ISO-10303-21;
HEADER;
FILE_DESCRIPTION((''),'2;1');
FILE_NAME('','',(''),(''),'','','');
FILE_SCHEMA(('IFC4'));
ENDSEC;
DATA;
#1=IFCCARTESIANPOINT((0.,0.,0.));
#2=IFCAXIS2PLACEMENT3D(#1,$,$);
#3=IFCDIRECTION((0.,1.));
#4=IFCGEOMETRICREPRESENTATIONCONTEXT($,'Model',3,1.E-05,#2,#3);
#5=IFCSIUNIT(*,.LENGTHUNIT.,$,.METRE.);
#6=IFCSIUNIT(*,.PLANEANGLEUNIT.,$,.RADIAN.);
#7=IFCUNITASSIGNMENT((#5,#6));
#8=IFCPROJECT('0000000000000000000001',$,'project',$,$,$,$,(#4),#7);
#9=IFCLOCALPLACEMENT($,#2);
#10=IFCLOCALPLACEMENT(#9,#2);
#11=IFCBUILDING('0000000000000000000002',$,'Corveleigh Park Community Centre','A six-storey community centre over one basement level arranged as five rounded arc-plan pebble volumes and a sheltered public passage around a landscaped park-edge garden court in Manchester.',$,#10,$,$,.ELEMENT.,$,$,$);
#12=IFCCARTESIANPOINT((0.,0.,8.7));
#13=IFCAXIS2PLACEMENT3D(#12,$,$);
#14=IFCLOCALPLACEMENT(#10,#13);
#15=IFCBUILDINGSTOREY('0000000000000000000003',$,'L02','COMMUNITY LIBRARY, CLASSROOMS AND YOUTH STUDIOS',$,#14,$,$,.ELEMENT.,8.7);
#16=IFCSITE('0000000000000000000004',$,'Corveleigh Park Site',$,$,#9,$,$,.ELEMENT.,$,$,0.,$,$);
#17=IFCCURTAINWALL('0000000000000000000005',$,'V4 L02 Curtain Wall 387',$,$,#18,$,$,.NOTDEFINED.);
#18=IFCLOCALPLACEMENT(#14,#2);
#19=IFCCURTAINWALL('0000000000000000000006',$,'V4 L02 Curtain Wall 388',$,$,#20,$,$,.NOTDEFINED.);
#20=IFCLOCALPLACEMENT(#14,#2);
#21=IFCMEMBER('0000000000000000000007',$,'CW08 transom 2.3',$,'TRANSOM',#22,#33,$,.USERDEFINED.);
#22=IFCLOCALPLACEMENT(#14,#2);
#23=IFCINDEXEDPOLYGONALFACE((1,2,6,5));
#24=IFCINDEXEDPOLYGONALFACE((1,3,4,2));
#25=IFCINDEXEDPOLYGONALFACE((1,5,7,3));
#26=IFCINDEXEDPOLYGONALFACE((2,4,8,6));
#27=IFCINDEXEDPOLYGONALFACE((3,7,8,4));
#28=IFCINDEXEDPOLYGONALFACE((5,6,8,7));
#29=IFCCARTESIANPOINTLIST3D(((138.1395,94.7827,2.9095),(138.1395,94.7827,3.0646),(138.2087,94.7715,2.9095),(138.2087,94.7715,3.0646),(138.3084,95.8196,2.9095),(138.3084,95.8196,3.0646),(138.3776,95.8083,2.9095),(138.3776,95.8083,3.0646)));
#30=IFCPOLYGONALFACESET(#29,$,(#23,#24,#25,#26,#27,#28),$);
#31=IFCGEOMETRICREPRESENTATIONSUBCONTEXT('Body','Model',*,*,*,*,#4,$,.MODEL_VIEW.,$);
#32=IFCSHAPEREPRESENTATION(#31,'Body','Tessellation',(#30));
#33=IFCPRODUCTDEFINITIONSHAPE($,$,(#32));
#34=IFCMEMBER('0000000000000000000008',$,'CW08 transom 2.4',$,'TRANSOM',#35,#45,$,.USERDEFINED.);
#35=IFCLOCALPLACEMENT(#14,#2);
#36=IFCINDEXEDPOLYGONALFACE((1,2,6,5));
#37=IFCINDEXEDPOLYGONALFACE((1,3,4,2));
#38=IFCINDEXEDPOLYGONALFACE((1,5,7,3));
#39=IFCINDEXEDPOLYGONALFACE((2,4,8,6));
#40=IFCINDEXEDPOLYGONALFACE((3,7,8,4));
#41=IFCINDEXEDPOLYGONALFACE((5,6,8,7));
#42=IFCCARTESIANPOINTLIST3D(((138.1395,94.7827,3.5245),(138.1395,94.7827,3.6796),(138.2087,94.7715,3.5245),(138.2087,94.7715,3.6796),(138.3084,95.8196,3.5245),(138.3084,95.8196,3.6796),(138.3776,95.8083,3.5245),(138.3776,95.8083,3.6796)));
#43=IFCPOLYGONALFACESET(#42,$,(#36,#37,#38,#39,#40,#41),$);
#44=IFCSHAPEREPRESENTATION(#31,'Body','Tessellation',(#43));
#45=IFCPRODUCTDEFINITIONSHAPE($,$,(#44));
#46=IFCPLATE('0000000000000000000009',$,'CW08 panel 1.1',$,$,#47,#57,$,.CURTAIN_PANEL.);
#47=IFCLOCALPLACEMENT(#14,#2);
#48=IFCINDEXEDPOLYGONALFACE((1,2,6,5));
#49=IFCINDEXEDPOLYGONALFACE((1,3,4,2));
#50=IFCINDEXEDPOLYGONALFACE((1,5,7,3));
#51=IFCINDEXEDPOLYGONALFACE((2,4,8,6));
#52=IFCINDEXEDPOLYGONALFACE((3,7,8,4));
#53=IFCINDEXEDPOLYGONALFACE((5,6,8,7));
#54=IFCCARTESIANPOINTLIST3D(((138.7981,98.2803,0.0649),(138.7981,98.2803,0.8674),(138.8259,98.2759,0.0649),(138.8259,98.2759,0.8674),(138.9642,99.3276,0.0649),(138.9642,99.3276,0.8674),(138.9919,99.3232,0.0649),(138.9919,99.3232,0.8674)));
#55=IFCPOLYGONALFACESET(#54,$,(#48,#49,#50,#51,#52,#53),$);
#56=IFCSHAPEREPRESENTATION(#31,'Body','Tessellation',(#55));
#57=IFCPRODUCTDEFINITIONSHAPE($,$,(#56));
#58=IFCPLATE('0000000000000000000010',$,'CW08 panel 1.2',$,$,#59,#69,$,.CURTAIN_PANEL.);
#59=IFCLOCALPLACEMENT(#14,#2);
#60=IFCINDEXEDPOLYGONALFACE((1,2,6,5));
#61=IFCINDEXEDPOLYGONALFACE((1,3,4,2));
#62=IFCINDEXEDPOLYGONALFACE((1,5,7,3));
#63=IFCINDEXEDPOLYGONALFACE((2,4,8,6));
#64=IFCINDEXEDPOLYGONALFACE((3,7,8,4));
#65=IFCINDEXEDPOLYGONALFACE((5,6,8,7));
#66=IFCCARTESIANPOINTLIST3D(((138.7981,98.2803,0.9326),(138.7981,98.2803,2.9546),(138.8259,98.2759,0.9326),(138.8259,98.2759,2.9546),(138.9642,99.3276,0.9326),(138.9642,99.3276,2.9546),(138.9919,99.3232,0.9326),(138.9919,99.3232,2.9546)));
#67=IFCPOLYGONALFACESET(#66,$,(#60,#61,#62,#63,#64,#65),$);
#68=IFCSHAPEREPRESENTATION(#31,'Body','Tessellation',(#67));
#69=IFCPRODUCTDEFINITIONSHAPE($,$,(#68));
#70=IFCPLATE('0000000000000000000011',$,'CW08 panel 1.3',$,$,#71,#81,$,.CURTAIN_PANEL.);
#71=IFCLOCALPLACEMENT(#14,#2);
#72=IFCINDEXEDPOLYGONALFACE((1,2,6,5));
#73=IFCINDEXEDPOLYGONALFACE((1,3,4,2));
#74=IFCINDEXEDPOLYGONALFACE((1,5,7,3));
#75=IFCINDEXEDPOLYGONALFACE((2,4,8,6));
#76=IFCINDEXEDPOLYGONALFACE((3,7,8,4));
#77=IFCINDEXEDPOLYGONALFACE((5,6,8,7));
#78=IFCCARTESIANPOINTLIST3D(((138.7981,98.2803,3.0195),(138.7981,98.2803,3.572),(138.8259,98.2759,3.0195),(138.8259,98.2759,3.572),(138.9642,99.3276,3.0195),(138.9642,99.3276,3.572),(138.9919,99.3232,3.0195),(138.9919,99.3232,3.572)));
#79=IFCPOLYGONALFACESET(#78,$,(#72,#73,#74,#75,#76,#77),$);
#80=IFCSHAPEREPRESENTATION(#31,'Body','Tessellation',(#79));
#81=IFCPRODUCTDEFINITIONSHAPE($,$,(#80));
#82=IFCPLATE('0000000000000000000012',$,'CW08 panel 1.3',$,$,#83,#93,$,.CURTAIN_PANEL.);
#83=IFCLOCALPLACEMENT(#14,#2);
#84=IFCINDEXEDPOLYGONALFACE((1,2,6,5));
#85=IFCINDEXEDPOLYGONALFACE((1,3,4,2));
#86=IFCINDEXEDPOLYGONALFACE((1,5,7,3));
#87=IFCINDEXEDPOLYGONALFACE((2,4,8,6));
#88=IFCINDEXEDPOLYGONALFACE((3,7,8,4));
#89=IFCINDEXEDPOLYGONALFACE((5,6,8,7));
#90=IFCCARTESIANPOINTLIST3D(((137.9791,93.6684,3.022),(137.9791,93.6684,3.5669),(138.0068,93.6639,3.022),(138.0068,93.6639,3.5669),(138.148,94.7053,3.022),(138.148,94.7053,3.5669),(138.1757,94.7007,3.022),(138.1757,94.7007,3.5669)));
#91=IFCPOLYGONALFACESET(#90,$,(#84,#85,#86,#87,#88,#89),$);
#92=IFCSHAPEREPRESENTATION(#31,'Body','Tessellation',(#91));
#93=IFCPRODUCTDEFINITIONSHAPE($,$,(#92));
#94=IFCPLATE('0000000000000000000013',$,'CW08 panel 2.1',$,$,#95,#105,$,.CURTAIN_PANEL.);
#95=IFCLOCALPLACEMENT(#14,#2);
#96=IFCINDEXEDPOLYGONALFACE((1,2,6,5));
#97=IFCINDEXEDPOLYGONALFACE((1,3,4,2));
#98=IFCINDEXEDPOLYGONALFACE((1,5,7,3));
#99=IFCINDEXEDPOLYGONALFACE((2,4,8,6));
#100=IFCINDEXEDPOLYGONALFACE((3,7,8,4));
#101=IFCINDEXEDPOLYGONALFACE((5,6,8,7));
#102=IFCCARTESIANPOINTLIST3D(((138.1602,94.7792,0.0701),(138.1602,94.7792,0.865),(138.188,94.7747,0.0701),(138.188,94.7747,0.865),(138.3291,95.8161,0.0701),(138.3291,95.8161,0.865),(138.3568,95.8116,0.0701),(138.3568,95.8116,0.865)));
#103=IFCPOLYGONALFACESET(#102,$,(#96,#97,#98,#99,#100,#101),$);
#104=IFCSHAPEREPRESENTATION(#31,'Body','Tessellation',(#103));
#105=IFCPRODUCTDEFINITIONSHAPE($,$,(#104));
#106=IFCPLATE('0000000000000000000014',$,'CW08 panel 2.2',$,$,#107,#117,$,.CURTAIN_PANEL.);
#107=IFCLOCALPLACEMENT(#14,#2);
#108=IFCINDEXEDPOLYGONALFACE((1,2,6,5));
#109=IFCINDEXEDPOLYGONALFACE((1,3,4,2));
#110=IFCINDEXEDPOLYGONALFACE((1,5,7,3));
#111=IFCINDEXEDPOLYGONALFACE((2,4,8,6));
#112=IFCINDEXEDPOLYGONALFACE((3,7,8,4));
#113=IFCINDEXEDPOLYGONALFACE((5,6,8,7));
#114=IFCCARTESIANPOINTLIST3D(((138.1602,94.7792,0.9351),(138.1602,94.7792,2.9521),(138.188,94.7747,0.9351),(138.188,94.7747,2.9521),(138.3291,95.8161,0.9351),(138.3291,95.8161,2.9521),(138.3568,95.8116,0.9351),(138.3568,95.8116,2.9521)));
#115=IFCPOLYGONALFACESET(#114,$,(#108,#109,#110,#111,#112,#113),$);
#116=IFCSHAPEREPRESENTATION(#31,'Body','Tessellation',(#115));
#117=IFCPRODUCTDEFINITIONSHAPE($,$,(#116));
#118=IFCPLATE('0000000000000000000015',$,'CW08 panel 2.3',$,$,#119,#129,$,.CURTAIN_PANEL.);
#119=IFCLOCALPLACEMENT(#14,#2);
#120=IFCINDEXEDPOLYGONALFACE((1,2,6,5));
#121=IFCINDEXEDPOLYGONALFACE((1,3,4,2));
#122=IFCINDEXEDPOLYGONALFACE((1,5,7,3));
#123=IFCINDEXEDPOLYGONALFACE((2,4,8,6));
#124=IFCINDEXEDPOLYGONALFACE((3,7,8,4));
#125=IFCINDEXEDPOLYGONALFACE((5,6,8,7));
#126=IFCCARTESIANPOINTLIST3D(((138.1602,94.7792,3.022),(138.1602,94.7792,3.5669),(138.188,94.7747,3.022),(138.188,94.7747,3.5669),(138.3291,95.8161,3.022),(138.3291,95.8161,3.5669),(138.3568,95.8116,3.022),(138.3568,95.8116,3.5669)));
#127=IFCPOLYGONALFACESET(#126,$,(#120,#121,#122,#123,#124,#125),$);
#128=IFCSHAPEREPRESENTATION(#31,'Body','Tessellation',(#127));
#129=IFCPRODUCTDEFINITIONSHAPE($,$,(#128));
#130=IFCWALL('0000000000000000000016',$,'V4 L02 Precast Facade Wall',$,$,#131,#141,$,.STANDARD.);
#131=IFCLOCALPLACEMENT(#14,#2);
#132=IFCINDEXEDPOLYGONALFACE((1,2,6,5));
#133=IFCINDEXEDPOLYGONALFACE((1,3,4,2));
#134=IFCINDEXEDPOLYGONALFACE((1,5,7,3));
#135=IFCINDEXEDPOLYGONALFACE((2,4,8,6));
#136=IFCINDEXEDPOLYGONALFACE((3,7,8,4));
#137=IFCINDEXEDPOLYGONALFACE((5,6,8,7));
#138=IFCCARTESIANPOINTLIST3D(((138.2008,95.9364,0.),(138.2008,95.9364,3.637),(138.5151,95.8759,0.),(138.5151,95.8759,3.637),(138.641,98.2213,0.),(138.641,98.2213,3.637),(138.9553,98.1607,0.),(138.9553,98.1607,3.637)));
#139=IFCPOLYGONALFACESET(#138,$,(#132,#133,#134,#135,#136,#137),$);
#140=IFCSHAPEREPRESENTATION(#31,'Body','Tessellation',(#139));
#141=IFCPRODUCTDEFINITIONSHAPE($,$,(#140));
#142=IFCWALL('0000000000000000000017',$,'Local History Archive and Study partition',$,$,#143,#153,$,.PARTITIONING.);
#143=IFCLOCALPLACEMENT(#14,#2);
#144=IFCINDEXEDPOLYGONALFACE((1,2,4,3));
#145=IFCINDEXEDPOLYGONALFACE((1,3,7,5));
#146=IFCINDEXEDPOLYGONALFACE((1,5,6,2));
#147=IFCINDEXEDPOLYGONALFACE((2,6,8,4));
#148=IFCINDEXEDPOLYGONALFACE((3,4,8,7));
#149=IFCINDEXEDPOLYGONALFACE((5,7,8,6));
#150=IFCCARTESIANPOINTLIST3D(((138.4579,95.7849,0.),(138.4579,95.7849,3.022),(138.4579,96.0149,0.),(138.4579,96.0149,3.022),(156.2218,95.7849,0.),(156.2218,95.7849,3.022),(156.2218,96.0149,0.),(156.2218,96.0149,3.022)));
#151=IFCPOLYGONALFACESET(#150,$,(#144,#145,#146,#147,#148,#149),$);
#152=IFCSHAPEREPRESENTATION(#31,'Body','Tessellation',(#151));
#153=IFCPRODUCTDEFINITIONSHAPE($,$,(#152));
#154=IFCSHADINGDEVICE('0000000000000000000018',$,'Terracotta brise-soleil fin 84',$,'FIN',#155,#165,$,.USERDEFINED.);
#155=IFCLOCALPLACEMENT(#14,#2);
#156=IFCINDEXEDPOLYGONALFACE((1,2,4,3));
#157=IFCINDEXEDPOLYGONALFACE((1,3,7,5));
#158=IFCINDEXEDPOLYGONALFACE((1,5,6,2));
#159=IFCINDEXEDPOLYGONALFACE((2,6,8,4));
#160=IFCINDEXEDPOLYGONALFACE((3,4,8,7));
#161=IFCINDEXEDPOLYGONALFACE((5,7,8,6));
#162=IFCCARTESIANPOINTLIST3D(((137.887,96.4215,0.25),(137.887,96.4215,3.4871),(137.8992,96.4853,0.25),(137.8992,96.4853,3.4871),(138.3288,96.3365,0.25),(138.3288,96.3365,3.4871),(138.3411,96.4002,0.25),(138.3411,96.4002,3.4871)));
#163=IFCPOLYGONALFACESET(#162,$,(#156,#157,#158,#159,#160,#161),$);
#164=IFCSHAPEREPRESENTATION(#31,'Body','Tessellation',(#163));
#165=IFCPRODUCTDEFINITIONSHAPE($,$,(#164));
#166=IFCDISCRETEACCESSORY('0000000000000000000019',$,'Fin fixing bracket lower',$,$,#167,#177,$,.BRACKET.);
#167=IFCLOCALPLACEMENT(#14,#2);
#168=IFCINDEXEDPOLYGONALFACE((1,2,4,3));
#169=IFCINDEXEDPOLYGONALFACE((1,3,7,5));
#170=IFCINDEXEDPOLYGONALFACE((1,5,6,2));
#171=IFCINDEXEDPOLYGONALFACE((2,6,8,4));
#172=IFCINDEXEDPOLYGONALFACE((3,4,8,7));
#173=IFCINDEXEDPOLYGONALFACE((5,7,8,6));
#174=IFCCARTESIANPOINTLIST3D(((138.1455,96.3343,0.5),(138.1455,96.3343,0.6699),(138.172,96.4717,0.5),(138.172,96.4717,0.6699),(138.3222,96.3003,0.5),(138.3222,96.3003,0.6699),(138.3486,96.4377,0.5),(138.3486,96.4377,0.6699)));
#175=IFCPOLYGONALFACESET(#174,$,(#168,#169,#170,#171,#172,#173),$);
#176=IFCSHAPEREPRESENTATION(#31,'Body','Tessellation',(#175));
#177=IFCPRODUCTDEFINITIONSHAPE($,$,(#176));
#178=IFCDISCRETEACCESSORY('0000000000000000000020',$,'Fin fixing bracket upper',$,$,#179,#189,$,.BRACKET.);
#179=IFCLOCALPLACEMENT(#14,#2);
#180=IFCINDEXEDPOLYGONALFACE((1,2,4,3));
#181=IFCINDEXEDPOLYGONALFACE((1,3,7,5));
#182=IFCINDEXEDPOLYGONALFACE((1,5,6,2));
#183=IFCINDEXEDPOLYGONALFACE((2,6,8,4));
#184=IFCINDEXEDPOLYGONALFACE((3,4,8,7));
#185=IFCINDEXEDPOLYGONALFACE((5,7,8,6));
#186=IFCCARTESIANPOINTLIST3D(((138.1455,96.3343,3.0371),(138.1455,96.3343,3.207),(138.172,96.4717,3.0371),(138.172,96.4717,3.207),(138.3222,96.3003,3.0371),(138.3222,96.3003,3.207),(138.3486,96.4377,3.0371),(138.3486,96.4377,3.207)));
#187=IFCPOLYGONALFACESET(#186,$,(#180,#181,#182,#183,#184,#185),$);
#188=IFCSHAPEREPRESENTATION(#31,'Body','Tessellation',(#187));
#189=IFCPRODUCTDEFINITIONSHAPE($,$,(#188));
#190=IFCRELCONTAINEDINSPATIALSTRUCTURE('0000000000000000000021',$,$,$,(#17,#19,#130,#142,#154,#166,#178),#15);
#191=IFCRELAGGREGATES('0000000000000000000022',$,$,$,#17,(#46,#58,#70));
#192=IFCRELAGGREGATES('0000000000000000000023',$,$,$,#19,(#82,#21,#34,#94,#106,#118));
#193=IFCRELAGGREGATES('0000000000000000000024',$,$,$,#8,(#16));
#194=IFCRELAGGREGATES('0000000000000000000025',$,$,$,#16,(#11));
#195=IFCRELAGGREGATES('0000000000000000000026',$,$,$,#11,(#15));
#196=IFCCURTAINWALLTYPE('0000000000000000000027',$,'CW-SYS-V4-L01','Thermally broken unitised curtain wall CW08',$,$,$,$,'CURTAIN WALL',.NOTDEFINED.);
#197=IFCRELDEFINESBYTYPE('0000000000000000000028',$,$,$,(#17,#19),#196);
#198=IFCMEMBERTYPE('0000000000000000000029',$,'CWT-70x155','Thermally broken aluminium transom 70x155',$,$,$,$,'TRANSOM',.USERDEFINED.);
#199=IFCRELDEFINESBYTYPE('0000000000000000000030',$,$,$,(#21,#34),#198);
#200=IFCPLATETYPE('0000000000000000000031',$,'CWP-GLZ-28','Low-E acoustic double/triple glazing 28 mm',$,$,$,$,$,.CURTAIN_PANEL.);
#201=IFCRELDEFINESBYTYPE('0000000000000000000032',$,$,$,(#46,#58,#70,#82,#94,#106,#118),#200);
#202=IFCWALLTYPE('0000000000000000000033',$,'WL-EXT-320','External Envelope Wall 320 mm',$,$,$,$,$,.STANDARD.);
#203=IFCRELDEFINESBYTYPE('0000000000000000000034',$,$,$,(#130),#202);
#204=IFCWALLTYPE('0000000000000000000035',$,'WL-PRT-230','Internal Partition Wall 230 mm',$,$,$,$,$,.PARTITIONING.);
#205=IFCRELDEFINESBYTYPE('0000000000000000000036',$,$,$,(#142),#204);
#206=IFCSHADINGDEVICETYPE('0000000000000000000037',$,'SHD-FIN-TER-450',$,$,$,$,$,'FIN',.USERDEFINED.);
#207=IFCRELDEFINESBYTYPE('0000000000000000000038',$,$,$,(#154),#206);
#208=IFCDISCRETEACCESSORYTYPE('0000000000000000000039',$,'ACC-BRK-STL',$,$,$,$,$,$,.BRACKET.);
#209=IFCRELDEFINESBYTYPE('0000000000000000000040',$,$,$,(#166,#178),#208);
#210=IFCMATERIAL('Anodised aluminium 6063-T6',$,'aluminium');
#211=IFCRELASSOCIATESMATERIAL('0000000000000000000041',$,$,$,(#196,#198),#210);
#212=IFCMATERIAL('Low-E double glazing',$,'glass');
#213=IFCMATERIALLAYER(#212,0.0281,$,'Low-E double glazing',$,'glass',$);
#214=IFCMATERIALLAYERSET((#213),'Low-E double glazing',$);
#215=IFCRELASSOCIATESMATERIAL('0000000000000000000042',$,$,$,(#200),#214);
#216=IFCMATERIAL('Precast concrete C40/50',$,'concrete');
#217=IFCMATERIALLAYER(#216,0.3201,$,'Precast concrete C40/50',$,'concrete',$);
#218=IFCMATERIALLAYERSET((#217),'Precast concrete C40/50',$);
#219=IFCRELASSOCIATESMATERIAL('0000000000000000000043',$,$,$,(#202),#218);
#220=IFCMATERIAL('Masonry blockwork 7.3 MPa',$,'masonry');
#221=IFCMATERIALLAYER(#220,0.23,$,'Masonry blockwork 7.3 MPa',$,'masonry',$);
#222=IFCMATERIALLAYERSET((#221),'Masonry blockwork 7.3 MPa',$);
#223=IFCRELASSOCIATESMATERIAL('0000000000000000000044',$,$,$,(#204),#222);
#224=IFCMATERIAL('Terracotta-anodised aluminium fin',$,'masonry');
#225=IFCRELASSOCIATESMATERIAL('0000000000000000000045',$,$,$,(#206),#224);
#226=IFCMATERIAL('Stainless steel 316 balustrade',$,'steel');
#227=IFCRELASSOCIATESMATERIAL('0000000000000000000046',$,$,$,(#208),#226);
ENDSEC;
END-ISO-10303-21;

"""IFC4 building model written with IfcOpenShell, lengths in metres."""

from ifc_helpers import new_model, si_unit, direction, frame, frame_2d, origin, origin_2d, place, context, subcontext, project, spatial, rectangle, extrude, material, layer, layer_set, material_profile, profile_set, type_object, element, aggregate, save


model = new_model("IFC4")

# Units and contexts
model_context = context("Model", 3, precision=1e-05, world=origin(), true_north=direction((0.0, 1.0)))
body_context = subcontext(model_context, "Body", "Model", "MODEL_VIEW")
ifc_project = project(units=[si_unit("LENGTHUNIT", "METRE"), si_unit("PLANEANGLEUNIT", "RADIAN")], contexts=[model_context])

# Site, building, storey
site_placement = place(None, origin())
site = spatial("IfcSite", under=ifc_project, at=site_placement, Name="Corveleigh Park Site", CompositionType="ELEMENT", RefElevation=0.0)
building_placement = place(site_placement, origin())
building = spatial("IfcBuilding", under=site, at=building_placement, Name="Corveleigh Park Community Centre", Description="A six-storey community centre over one basement level arranged as five rounded arc-plan pebble volumes and a sheltered public passage around a landscaped park-edge garden court in Manchester.", CompositionType="ELEMENT")
storey_placement = place(building_placement, frame((0.0, 0.0, 8.7)))
storey = spatial("IfcBuildingStorey", under=building, at=storey_placement, Name="L02", Description="COMMUNITY LIBRARY, CLASSROOMS AND YOUTH STUDIOS", CompositionType="ELEMENT", Elevation=8.7)

# Curtain walls
ifc_material_1 = material(Name="Anodised aluminium 6063-T6", Category="aluminium")
curtain_wall_type = type_object("IfcCurtainWallType", Name="CW-SYS-V4-L01", Description="Thermally broken unitised curtain wall CW08", ElementType="CURTAIN WALL", PredefinedType="NOTDEFINED", material=ifc_material_1)
curtain_wall_1_placement = place(storey_placement, origin())
curtain_wall_1 = element("IfcCurtainWall", 1, at=curtain_wall_1_placement, inside=storey, type_object=curtain_wall_type, Name="V4 L02 Curtain Wall 387", PredefinedType="NOTDEFINED")
curtain_wall_2_placement = place(storey_placement, origin())
curtain_wall_2 = element("IfcCurtainWall", 2, at=curtain_wall_2_placement, inside=storey, type_object=curtain_wall_type, Name="V4 L02 Curtain Wall 388", PredefinedType="NOTDEFINED")

# Members
ifc_material_profile_1 = material_profile(ifc_material_1, rectangle(XDim=0.0701, YDim=0.155, at=origin_2d()), Name="ALU-T70x155", Category="aluminium")
ifc_profile_set_1 = profile_set([ifc_material_profile_1], Name="Anodised aluminium 6063-T6")
member_type_1 = type_object("IfcMemberType", Name="CWT-70x155", Description="Thermally broken aluminium transom 70x155", ElementType="TRANSOM", PredefinedType="USERDEFINED", material=ifc_profile_set_1)
member_1_placement = place(storey_placement, frame((138.1741, 94.7771, 2.9871), z_axis=(0.160818, 0.986984, 0.0), x_axis=(-0.986984, 0.160818, 0.0)))
member_1 = element("IfcMember", 3, at=member_1_placement, type_object=member_type_1, Name="CW08 transom 2.3", ObjectType="TRANSOM", PredefinedType="USERDEFINED", context=body_context, shape_type="SweptSolid", body=[
    extrude(rectangle(XDim=0.0701, YDim=0.155, at=origin_2d()), origin(), (0.0, 0.0, 1.0), 1.0505),
])
member_2_placement = place(storey_placement, frame((138.1741, 94.7771, 3.6021), z_axis=(0.160818, 0.986984, 0.0), x_axis=(-0.986984, 0.160818, 0.0)))
member_2 = element("IfcMember", 4, at=member_2_placement, type_object=member_type_1, Name="CW08 transom 2.4", ObjectType="TRANSOM", PredefinedType="USERDEFINED", context=body_context, shape_type="SweptSolid", body=[
    extrude(rectangle(XDim=0.0701, YDim=0.155, at=origin_2d()), origin(), (0.0, 0.0, 1.0), 1.0505),
])

# Plates
ifc_material_2 = material(Name="Low-E double glazing", Category="glass")
ifc_layer_1 = layer(ifc_material_2, 0.0281, Name="Low-E double glazing", Category="glass")
ifc_layer_set_1 = layer_set([ifc_layer_1], Name="Low-E double glazing")
plate_type = type_object("IfcPlateType", Name="CWP-GLZ-28", Description="Low-E acoustic double/triple glazing 28 mm", PredefinedType="CURTAIN_PANEL", material=ifc_layer_set_1)
plate_1_placement = place(storey_placement, frame((138.895, 98.8018, 0.0649), z_axis=(0.0, 0.0, 1.0), x_axis=(0.156601, 0.987662, 0.0)))
plate_1 = element("IfcPlate", 5, at=plate_1_placement, type_object=plate_type, Name="CW08 panel 1.1", PredefinedType="CURTAIN_PANEL", context=body_context, shape_type="SweptSolid", body=[
    extrude(rectangle(XDim=1.0603, YDim=0.0281, at=origin_2d()), origin(), (0.0, 0.0, 1.0), 0.8025),
])
plate_2_placement = place(storey_placement, frame((138.895, 98.8018, 0.9326), z_axis=(0.0, 0.0, 1.0), x_axis=(0.156601, 0.987662, 0.0)))
plate_2 = element("IfcPlate", 6, at=plate_2_placement, type_object=plate_type, Name="CW08 panel 1.2", PredefinedType="CURTAIN_PANEL", context=body_context, shape_type="SweptSolid", body=[
    extrude(rectangle(XDim=1.0603, YDim=0.0281, at=origin_2d()), origin(), (0.0, 0.0, 1.0), 2.022),
])
plate_3_placement = place(storey_placement, frame((138.895, 98.8018, 3.0195), z_axis=(0.0, 0.0, 1.0), x_axis=(0.156601, 0.987662, 0.0)))
plate_3 = element("IfcPlate", 7, at=plate_3_placement, type_object=plate_type, Name="CW08 panel 1.3", PredefinedType="CURTAIN_PANEL", context=body_context, shape_type="SweptSolid", body=[
    extrude(rectangle(XDim=1.0603, YDim=0.0281, at=origin_2d()), origin(), (0.0, 0.0, 1.0), 0.5525),
])
aggregate(curtain_wall_1, [plate_1, plate_2, plate_3])
plate_4_placement = place(storey_placement, frame((138.0774, 94.1846, 3.022), z_axis=(0.0, 0.0, 1.0), x_axis=(0.160773, 0.986991, 0.0)))
plate_4 = element("IfcPlate", 8, at=plate_4_placement, type_object=plate_type, Name="CW08 panel 1.3", PredefinedType="CURTAIN_PANEL", context=body_context, shape_type="SweptSolid", body=[
    extrude(rectangle(XDim=1.0505, YDim=0.0281, at=origin_2d()), origin(), (0.0, 0.0, 1.0), 0.5449),
])
plate_5_placement = place(storey_placement, frame((138.2585, 95.2954, 0.0701), z_axis=(0.0, 0.0, 1.0), x_axis=(0.160773, 0.986991, 0.0)))
plate_5 = element("IfcPlate", 9, at=plate_5_placement, type_object=plate_type, Name="CW08 panel 2.1", PredefinedType="CURTAIN_PANEL", context=body_context, shape_type="SweptSolid", body=[
    extrude(rectangle(XDim=1.0505, YDim=0.0281, at=origin_2d()), origin(), (0.0, 0.0, 1.0), 0.7949),
])
plate_6_placement = place(storey_placement, frame((138.2585, 95.2954, 0.9351), z_axis=(0.0, 0.0, 1.0), x_axis=(0.160773, 0.986991, 0.0)))
plate_6 = element("IfcPlate", 10, at=plate_6_placement, type_object=plate_type, Name="CW08 panel 2.2", PredefinedType="CURTAIN_PANEL", context=body_context, shape_type="SweptSolid", body=[
    extrude(rectangle(XDim=1.0505, YDim=0.0281, at=origin_2d()), origin(), (0.0, 0.0, 1.0), 2.0171),
])
plate_7_placement = place(storey_placement, frame((138.2585, 95.2954, 3.022), z_axis=(0.0, 0.0, 1.0), x_axis=(0.160773, 0.986991, 0.0)))
plate_7 = element("IfcPlate", 11, at=plate_7_placement, type_object=plate_type, Name="CW08 panel 2.3", PredefinedType="CURTAIN_PANEL", context=body_context, shape_type="SweptSolid", body=[
    extrude(rectangle(XDim=1.0505, YDim=0.0281, at=origin_2d()), origin(), (0.0, 0.0, 1.0), 0.5449),
])
aggregate(curtain_wall_2, [plate_4, member_1, member_2, plate_5, plate_6, plate_7])

# Walls
ifc_material_3 = material(Name="Precast concrete C40/50", Category="concrete")
ifc_layer_2 = layer(ifc_material_3, 0.3201, Name="Precast concrete C40/50", Category="concrete")
ifc_layer_set_2 = layer_set([ifc_layer_2], Name="Precast concrete C40/50")
wall_type_1 = type_object("IfcWallType", Name="WL-EXT-320", Description="External Envelope Wall 320 mm", PredefinedType="STANDARD", material=ifc_layer_set_2)
wall_1_placement = place(storey_placement, frame((138.3579, 95.906, 0.0), z_axis=(0.0, 0.0, 1.0), x_axis=(0.18917, 0.981944, 0.0)))
element("IfcWall", 12, at=wall_1_placement, inside=storey, type_object=wall_type_1, Name="V4 L02 Precast Facade Wall", PredefinedType="STANDARD", context=body_context, shape_type="SweptSolid", body=[
    extrude(rectangle(XDim=2.3269, YDim=0.3201, at=frame_2d((1.1636, 0.0))), origin(), (0.0, 0.0, 1.0), 3.637),
])
ifc_material_4 = material(Name="Masonry blockwork 7.3 MPa", Category="masonry")
ifc_layer_3 = layer(ifc_material_4, 0.23, Name="Masonry blockwork 7.3 MPa", Category="masonry")
ifc_layer_set_3 = layer_set([ifc_layer_3], Name="Masonry blockwork 7.3 MPa")
wall_type_2 = type_object("IfcWallType", Name="WL-PRT-230", Description="Internal Partition Wall 230 mm", PredefinedType="PARTITIONING", material=ifc_layer_set_3)
wall_2_placement = place(storey_placement, frame((138.458, 95.8999, 0.0), z_axis=(0.0, 0.0, 1.0), x_axis=(1.0, 0.0, 0.0)))
element("IfcWall", 13, at=wall_2_placement, inside=storey, type_object=wall_type_2, Name="Local History Archive and Study partition", PredefinedType="PARTITIONING", context=body_context, shape_type="SweptSolid", body=[
    extrude(rectangle(XDim=17.7639, YDim=0.23, at=frame_2d((8.8818, 0.0))), origin(), (0.0, 0.0, 1.0), 3.022),
])

# Shading device
ifc_material_5 = material(Name="Terracotta-anodised aluminium fin", Category="masonry")
shading_device_type = type_object("IfcShadingDeviceType", Name="SHD-FIN-TER-450", ElementType="FIN", PredefinedType="USERDEFINED", material=ifc_material_5)
shading_device_placement = place(storey_placement, frame((138.114, 96.4109, 0.25), z_axis=(0.0, 0.0, 1.0), x_axis=(-0.98196, 0.189086, 0.0)))
element("IfcShadingDevice", 14, at=shading_device_placement, inside=storey, type_object=shading_device_type, Name="Terracotta brise-soleil fin 84", ObjectType="FIN", PredefinedType="USERDEFINED", context=body_context, shape_type="SweptSolid", body=[
    extrude(rectangle(XDim=0.45, YDim=0.0649, at=origin_2d()), origin(), (0.0, 0.0, 1.0), 3.2371),
])

# Discrete accessories
ifc_material_6 = material(Name="Stainless steel 316 balustrade", Category="steel")
discrete_accessory_type = type_object("IfcDiscreteAccessoryType", Name="ACC-BRK-STL", PredefinedType="BRACKET", material=ifc_material_6)
for number, where, z_axis, x_axis, name in (
    (15, (138.2471, 96.386, 0.5), (0.0, 0.0, 1.0), (-0.98196, 0.189086, 0.0), "Fin fixing bracket lower"),
    (16, (138.2471, 96.386, 3.0371), (0.0, 0.0, 1.0), (-0.98196, 0.189086, 0.0), "Fin fixing bracket upper"),
):
    element("IfcDiscreteAccessory", number, at=place(storey_placement, frame(where, z_axis=z_axis, x_axis=x_axis)), inside=storey, type_object=discrete_accessory_type, Name=name, PredefinedType="BRACKET", context=body_context, shape_type="SweptSolid", body=[
        extrude(rectangle(XDim=0.1799, YDim=0.1399, at=origin_2d()), origin(), (0.0, 0.0, 1.0), 0.1699),
    ])

save(model, "model.ifc")
